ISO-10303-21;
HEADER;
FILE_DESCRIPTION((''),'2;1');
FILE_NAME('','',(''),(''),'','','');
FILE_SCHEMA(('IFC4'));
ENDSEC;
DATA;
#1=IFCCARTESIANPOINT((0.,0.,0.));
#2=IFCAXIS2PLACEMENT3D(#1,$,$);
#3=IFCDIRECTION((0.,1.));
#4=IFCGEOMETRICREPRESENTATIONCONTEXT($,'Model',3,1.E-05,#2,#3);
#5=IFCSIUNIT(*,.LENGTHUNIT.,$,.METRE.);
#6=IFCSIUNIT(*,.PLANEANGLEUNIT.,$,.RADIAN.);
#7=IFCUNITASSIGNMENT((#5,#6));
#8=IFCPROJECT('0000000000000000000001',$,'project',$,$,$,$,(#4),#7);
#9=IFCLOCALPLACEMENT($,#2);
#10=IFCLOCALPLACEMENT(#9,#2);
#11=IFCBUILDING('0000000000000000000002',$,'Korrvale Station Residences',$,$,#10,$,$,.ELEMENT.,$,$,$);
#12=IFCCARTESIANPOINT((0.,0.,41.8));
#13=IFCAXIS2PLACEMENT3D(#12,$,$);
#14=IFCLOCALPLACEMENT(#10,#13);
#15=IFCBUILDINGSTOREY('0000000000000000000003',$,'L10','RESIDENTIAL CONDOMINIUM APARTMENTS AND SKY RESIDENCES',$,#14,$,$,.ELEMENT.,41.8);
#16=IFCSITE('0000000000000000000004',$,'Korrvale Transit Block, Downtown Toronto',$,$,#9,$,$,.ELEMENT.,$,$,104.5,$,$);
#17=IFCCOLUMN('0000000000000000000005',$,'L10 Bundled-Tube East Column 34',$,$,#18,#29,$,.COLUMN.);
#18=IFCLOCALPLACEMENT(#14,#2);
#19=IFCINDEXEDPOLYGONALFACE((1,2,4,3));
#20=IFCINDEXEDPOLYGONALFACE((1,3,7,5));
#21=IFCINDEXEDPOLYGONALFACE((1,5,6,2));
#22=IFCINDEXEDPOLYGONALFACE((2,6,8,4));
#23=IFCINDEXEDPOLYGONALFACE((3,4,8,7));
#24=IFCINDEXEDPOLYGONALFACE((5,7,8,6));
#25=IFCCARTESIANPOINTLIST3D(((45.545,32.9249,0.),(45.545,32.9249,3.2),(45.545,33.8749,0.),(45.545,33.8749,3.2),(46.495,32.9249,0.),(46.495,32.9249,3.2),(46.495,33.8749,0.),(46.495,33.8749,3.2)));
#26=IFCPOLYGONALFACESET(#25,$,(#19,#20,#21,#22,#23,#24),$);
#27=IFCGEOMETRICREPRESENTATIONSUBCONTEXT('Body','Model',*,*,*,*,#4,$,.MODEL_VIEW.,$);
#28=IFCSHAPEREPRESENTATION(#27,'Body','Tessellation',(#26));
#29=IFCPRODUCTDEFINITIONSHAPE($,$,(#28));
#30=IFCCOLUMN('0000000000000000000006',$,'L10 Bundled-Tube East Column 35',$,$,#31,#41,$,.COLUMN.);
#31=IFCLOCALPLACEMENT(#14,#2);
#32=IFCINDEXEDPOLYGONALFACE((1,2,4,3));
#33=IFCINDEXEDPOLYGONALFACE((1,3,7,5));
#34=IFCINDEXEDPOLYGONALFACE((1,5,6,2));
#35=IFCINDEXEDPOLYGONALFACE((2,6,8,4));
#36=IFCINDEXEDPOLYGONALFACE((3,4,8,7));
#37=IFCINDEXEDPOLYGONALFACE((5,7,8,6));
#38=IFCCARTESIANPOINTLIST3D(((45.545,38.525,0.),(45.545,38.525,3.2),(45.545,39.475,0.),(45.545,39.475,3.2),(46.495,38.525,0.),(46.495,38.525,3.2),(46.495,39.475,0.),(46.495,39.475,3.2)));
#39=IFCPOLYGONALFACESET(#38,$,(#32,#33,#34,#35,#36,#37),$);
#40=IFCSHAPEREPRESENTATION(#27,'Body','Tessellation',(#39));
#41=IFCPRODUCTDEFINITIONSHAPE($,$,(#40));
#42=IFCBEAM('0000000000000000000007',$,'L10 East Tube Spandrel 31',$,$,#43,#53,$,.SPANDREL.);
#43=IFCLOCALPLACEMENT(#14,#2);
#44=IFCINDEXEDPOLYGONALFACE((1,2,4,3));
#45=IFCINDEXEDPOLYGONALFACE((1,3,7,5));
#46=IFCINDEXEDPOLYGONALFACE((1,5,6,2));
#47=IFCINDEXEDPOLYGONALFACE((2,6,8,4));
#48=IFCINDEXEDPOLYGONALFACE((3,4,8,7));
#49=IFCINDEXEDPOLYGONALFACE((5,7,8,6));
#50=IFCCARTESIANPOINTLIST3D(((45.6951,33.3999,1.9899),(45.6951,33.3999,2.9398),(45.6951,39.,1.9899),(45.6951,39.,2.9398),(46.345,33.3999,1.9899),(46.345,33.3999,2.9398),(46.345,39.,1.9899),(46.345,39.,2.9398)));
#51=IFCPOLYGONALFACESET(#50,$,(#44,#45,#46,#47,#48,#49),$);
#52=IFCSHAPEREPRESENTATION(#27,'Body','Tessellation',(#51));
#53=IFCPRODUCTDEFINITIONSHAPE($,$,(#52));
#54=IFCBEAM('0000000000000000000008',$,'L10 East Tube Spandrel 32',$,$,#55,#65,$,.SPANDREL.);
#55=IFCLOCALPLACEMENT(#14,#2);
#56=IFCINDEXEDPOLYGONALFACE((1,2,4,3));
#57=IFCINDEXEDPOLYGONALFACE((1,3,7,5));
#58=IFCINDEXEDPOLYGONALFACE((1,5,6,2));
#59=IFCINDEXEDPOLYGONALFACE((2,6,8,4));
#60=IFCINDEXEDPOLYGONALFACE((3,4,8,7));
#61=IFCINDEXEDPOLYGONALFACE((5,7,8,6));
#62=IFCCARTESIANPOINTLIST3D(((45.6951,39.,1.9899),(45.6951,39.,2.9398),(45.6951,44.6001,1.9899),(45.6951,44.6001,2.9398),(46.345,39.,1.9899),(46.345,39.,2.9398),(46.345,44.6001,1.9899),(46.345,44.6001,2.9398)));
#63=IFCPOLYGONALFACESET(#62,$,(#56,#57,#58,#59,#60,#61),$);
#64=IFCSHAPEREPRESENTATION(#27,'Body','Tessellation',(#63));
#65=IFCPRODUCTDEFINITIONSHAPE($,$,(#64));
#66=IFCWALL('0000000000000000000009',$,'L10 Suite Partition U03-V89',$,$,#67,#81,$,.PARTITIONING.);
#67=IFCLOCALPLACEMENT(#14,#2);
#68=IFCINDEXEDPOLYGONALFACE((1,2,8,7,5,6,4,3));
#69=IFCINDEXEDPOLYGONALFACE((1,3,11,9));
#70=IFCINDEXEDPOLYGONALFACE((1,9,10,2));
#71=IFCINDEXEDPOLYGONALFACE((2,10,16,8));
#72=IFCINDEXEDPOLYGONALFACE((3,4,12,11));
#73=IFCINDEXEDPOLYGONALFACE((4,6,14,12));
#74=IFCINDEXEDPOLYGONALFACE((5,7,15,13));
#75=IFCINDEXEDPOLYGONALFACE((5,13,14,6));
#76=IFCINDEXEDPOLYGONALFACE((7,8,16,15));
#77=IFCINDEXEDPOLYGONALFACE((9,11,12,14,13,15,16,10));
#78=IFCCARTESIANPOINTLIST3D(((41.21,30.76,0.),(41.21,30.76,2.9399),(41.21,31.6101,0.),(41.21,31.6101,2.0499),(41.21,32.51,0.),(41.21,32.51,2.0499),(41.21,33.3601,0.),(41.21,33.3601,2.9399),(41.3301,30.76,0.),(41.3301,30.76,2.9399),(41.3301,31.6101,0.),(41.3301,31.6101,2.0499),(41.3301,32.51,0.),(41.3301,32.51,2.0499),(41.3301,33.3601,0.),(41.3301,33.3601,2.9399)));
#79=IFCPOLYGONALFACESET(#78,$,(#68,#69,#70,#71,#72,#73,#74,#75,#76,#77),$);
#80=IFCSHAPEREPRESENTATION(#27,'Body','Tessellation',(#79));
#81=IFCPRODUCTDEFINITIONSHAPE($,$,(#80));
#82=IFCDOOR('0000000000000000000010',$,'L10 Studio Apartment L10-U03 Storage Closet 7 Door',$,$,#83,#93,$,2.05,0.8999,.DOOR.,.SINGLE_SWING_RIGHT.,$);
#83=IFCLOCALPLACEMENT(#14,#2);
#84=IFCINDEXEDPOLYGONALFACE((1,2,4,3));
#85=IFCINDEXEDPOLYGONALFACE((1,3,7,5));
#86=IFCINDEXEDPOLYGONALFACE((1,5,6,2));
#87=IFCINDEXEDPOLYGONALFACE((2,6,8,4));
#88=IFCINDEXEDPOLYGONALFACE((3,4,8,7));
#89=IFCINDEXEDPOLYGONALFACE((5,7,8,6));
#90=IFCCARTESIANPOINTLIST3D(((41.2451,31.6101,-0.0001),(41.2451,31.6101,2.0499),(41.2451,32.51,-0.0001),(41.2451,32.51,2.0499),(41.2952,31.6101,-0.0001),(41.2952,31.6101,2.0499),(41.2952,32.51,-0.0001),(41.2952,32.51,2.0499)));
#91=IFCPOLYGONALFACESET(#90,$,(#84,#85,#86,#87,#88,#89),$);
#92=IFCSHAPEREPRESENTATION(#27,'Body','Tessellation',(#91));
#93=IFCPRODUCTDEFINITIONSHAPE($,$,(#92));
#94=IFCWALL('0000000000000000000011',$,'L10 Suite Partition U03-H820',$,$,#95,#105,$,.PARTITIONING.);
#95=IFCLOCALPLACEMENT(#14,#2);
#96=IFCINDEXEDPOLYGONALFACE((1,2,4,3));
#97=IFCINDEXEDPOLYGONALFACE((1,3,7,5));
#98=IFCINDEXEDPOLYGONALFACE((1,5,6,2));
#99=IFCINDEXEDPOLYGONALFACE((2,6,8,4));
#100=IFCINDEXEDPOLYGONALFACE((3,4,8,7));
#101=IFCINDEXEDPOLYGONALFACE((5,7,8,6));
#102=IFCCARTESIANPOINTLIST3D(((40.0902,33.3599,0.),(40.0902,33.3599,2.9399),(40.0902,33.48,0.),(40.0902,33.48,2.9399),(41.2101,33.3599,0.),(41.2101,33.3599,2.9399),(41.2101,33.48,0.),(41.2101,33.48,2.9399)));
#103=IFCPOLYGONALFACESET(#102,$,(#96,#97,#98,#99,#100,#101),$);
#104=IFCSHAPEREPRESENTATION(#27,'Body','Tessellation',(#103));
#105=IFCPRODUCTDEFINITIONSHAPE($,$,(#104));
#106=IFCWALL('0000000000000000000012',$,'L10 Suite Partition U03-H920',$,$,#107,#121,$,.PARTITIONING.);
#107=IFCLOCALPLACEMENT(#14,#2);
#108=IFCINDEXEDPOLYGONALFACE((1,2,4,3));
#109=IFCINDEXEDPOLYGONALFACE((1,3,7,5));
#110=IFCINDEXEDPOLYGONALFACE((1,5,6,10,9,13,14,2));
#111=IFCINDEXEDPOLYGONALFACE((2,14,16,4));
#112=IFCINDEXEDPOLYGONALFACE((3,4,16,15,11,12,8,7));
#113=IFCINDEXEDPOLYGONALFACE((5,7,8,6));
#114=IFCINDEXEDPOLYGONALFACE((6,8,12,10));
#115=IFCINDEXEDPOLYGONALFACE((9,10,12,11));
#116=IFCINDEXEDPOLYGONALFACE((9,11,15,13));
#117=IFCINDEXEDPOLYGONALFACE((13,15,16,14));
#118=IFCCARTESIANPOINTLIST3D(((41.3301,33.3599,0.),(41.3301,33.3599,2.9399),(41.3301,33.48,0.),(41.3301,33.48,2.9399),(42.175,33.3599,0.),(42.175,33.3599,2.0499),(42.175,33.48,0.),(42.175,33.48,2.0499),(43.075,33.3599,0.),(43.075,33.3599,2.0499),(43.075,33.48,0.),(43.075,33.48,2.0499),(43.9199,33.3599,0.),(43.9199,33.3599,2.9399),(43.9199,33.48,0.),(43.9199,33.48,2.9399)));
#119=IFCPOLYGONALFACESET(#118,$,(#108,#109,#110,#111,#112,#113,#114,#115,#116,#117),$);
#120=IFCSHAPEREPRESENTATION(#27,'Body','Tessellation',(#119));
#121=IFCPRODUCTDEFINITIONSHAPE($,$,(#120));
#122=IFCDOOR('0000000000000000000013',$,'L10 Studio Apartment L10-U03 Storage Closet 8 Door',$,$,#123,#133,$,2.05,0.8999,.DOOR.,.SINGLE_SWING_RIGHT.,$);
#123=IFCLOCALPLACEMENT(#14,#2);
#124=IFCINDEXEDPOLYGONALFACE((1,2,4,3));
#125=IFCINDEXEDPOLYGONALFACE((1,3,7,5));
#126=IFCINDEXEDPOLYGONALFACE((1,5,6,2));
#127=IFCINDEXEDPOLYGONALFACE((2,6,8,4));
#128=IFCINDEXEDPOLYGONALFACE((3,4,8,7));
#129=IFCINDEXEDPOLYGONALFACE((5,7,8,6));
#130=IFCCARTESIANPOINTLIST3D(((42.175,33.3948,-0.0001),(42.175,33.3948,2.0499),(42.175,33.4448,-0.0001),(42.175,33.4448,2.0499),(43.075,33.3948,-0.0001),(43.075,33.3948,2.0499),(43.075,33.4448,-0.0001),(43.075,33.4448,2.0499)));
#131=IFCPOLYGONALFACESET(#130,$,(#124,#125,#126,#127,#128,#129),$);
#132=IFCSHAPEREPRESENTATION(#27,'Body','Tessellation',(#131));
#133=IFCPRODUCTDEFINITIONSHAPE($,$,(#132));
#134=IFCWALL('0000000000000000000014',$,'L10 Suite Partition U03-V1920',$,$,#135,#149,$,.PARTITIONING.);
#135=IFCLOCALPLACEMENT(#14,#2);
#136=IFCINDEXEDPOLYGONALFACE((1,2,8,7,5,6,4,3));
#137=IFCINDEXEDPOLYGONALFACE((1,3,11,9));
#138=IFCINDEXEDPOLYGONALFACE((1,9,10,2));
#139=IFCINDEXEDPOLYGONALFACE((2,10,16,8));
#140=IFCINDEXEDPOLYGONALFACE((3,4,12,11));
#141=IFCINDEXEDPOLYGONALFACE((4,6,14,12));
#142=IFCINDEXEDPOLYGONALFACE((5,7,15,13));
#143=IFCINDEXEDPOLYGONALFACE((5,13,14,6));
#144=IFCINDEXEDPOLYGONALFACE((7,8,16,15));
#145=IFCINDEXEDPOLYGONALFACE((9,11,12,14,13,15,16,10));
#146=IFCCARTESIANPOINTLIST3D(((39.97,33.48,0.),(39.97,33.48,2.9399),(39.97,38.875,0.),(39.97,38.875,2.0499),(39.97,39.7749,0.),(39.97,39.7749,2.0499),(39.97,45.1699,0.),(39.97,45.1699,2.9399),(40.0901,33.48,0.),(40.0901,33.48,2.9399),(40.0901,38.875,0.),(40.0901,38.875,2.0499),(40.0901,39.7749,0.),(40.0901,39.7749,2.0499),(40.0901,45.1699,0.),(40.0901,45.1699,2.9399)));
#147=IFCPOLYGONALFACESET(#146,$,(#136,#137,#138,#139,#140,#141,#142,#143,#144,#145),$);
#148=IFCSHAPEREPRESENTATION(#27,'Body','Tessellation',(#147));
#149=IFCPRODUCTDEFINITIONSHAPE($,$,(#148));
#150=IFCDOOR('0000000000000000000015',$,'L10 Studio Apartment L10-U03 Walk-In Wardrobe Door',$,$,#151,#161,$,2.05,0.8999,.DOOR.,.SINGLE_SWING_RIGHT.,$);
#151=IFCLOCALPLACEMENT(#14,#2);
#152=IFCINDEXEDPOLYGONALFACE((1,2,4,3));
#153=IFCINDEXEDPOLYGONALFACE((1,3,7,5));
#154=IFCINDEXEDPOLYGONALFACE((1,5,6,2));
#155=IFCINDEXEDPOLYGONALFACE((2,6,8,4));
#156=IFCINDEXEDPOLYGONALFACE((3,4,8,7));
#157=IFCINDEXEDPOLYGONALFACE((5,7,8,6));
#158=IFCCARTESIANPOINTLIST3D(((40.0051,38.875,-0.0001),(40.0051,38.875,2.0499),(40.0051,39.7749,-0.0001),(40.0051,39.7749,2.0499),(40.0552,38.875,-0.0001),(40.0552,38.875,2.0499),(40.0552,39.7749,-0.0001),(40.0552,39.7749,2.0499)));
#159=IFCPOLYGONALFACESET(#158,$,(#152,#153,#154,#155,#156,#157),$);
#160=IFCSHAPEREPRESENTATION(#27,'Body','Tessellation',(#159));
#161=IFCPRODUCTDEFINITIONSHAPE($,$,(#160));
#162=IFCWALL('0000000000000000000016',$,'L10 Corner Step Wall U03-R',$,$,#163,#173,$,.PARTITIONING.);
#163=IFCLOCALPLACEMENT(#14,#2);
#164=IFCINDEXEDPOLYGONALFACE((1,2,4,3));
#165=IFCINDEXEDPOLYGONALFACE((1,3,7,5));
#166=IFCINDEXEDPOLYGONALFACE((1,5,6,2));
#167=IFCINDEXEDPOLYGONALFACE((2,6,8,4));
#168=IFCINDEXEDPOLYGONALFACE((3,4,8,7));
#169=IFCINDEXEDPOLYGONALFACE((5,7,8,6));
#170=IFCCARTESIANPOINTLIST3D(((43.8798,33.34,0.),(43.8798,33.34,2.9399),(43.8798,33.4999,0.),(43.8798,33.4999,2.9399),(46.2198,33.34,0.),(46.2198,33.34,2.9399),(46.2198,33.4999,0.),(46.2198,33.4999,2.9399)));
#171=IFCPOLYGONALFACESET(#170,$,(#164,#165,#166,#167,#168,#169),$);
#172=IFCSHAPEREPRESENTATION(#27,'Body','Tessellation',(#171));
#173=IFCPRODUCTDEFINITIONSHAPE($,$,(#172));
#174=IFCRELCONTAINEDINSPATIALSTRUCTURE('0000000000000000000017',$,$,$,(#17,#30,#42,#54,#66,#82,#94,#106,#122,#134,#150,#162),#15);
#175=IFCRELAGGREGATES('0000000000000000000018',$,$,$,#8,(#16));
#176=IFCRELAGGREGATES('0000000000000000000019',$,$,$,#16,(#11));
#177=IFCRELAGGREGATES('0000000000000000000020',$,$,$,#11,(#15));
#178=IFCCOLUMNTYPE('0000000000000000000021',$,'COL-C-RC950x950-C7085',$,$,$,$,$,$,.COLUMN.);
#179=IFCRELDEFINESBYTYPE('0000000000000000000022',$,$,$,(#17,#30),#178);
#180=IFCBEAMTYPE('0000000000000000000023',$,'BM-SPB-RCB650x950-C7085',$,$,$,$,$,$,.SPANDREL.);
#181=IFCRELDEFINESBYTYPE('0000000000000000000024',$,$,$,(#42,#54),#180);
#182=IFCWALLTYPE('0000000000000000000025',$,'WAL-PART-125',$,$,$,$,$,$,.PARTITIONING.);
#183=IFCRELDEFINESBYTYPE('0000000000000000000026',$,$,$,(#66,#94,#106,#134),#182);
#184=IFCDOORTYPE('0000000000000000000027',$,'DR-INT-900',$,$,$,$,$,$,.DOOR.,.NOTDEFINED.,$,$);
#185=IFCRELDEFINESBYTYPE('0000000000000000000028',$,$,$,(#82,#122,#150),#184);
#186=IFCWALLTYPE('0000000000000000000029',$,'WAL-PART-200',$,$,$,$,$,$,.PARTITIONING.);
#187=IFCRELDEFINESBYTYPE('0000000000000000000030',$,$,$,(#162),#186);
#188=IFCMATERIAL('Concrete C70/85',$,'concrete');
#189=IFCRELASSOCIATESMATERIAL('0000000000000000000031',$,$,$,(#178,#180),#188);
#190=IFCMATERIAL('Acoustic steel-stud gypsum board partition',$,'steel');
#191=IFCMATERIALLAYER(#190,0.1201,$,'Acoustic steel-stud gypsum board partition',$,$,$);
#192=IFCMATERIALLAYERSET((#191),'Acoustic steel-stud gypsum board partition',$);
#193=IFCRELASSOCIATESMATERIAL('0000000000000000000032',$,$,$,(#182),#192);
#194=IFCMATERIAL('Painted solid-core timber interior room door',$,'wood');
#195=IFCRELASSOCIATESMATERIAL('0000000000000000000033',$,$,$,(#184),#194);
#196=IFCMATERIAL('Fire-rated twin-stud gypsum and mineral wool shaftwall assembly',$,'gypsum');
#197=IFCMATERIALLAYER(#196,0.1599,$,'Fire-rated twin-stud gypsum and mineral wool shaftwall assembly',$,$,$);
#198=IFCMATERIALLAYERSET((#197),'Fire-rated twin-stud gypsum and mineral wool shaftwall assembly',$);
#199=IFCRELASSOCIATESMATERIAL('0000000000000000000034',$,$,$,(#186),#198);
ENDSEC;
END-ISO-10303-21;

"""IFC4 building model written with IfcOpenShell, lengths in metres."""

from ifc_helpers import new_model, si_unit, direction, frame, frame_2d, origin, origin_2d, place, context, subcontext, project, spatial, rectangle, extrude, material, layer, layer_set, material_profile, profile_set, type_object, element, fill, save


model = new_model("IFC4")

# Units and contexts
model_context = context("Model", 3, precision=1e-05, world=origin(), true_north=direction((0.0, 1.0)))
body_context = subcontext(model_context, "Body", "Model", "MODEL_VIEW")
ifc_project = project(units=[si_unit("LENGTHUNIT", "METRE"), si_unit("PLANEANGLEUNIT", "RADIAN")], contexts=[model_context])

# Site, building, storey
site_placement = place(None, origin())
site = spatial("IfcSite", under=ifc_project, at=site_placement, Name="Korrvale Transit Block, Downtown Toronto", CompositionType="ELEMENT", RefElevation=104.5)
building_placement = place(site_placement, origin())
building = spatial("IfcBuilding", under=site, at=building_placement, Name="Korrvale Station Residences", CompositionType="ELEMENT")
storey_placement = place(building_placement, frame((0.0, 0.0, 41.8)))
storey = spatial("IfcBuildingStorey", under=building, at=storey_placement, Name="L10", Description="RESIDENTIAL CONDOMINIUM APARTMENTS AND SKY RESIDENCES", CompositionType="ELEMENT", Elevation=41.8)

# Columns
ifc_material_1 = material(Name="Concrete C70/85", Category="concrete")
ifc_material_profile_1 = material_profile(ifc_material_1, rectangle(XDim=0.95, YDim=0.95, at=origin_2d()), Name="RC950x950")
ifc_profile_set_1 = profile_set([ifc_material_profile_1], Name="Concrete C70/85")
column_type = type_object("IfcColumnType", Name="COL-C-RC950x950-C7085", PredefinedType="COLUMN", material=ifc_profile_set_1)
for number, where, z_axis, x_axis, name in (
    (1, (46.02, 33.3999, 0.0), (0.0, 0.0, 1.0), (1.0, 0.0, 0.0), "L10 Bundled-Tube East Column 34"),
    (2, (46.02, 39.0, 0.0), (0.0, 0.0, 1.0), (1.0, 0.0, 0.0), "L10 Bundled-Tube East Column 35"),
):
    element("IfcColumn", number, at=place(storey_placement, frame(where, z_axis=z_axis, x_axis=x_axis)), inside=storey, type_object=column_type, Name=name, PredefinedType="COLUMN", context=body_context, shape_type="SweptSolid", body=[
        extrude(rectangle(XDim=0.95, YDim=0.95, at=origin_2d()), origin(), (0.0, 0.0, 1.0), 3.2),
    ])

# Beams
ifc_material_profile_2 = material_profile(ifc_material_1, rectangle(XDim=0.6499, YDim=0.95, at=origin_2d()), Name="RCB650x950")
ifc_profile_set_2 = profile_set([ifc_material_profile_2], Name="Concrete C70/85")
beam_type = type_object("IfcBeamType", Name="BM-SPB-RCB650x950-C7085", PredefinedType="SPANDREL", material=ifc_profile_set_2)
for number, where, z_axis, x_axis, name in (
    (3, (46.02, 33.3999, 2.4648), (0.0, 1.0, 0.0), (-1.0, 0.0, 0.0), "L10 East Tube Spandrel 31"),
    (4, (46.02, 39.0, 2.4648), (0.0, 1.0, 0.0), (-1.0, 0.0, 0.0), "L10 East Tube Spandrel 32"),
):
    element("IfcBeam", number, at=place(storey_placement, frame(where, z_axis=z_axis, x_axis=x_axis)), inside=storey, type_object=beam_type, Name=name, PredefinedType="SPANDREL", context=body_context, shape_type="SweptSolid", body=[
        extrude(rectangle(XDim=0.6499, YDim=0.95, at=origin_2d()), origin(), (0.0, 0.0, 1.0), 5.6001),
    ])

# Wall, opening, door
ifc_material_2 = material(Name="Acoustic steel-stud gypsum board partition", Category="steel")
ifc_layer_1 = layer(ifc_material_2, 0.1201, Name="Acoustic steel-stud gypsum board partition")
ifc_layer_set_1 = layer_set([ifc_layer_1], Name="Acoustic steel-stud gypsum board partition")
wall_type_1 = type_object("IfcWallType", Name="WAL-PART-125", PredefinedType="PARTITIONING", material=ifc_layer_set_1)
wall_1_placement = place(storey_placement, frame((41.27, 30.76, 0.0), z_axis=(0.0, 0.0, 1.0), x_axis=(0.0, 1.0, 0.0)))
wall_1 = element("IfcWall", 5, at=wall_1_placement, inside=storey, type_object=wall_type_1, Name="L10 Suite Partition U03-V89", PredefinedType="PARTITIONING", context=body_context, shape_type="SweptSolid", body=[
    extrude(rectangle(XDim=2.6001, YDim=0.1201, at=frame_2d((1.3, 0.0))), origin(), (0.0, 0.0, 1.0), 2.9399),
])
opening_1_placement = place(wall_1_placement, frame((0.8501, 0.0, 0.0)))
opening_1 = element("IfcOpeningElement", 6, at=opening_1_placement, cuts=wall_1, PredefinedType="OPENING", context=body_context, shape_type="SweptSolid", body=[
    extrude(rectangle(XDim=0.8999, YDim=2.05, at=frame_2d((0.45, 1.0249))), frame((0.0, 0.0701, 0.0), z_axis=(0.0, -1.0, 0.0), x_axis=(1.0, 0.0, 0.0)), (0.0, 0.0, 1.0), 0.1401),
])
ifc_material_3 = material(Name="Painted solid-core timber interior room door", Category="wood")
door_type = type_object("IfcDoorType", Name="DR-INT-900", OperationType="NOTDEFINED", PredefinedType="DOOR", material=ifc_material_3)
door_1_placement = place(opening_1_placement, origin())
door_1 = element("IfcDoor", 7, at=door_1_placement, inside=storey, type_object=door_type, Name="L10 Studio Apartment L10-U03 Storage Closet 7 Door", OperationType="SINGLE_SWING_RIGHT", OverallHeight=2.05, OverallWidth=0.8999, PredefinedType="DOOR", context=body_context, shape_type="SweptSolid", body=[
    extrude(rectangle(XDim=0.8999, YDim=2.05, at=frame_2d((0.45, 1.0249))), frame((0.0, 0.0249, 0.0), z_axis=(0.0, -1.0, 0.0), x_axis=(1.0, 0.0, 0.0)), (0.0, 0.0, 1.0), 0.05),
])
fill(opening_1, door_1)

# Wall
wall_2_placement = place(storey_placement, frame((40.0901, 33.4199, 0.0), z_axis=(0.0, 0.0, 1.0), x_axis=(1.0, 0.0, 0.0)))
element("IfcWall", 8, at=wall_2_placement, inside=storey, type_object=wall_type_1, Name="L10 Suite Partition U03-H820", PredefinedType="PARTITIONING", context=body_context, shape_type="SweptSolid", body=[
    extrude(rectangle(XDim=1.1199, YDim=0.1201, at=frame_2d((0.5601, 0.0))), origin(), (0.0, 0.0, 1.0), 2.9399),
])

# Walls, openings, doors
wall_3_placement = place(storey_placement, frame((41.3301, 33.4199, 0.0), z_axis=(0.0, 0.0, 1.0), x_axis=(1.0, 0.0, 0.0)))
wall_3 = element("IfcWall", 9, at=wall_3_placement, inside=storey, type_object=wall_type_1, Name="L10 Suite Partition U03-H920", PredefinedType="PARTITIONING", context=body_context, shape_type="SweptSolid", body=[
    extrude(rectangle(XDim=2.5898, YDim=0.1201, at=frame_2d((1.2949, 0.0))), origin(), (0.0, 0.0, 1.0), 2.9399),
])
opening_2_placement = place(wall_3_placement, frame((0.845, 0.0, 0.0)))
opening_2 = element("IfcOpeningElement", 10, at=opening_2_placement, cuts=wall_3, PredefinedType="OPENING", context=body_context, shape_type="SweptSolid", body=[
    extrude(rectangle(XDim=0.8999, YDim=2.05, at=frame_2d((0.45, 1.0249))), frame((0.0, 0.0701, 0.0), z_axis=(0.0, -1.0, 0.0), x_axis=(1.0, 0.0, 0.0)), (0.0, 0.0, 1.0), 0.1401),
])
door_2_placement = place(opening_2_placement, origin())
door_2 = element("IfcDoor", 11, at=door_2_placement, inside=storey, type_object=door_type, Name="L10 Studio Apartment L10-U03 Storage Closet 8 Door", OperationType="SINGLE_SWING_RIGHT", OverallHeight=2.05, OverallWidth=0.8999, PredefinedType="DOOR", context=body_context, shape_type="SweptSolid", body=[
    extrude(rectangle(XDim=0.8999, YDim=2.05, at=frame_2d((0.45, 1.0249))), frame((0.0, 0.0249, 0.0), z_axis=(0.0, -1.0, 0.0), x_axis=(1.0, 0.0, 0.0)), (0.0, 0.0, 1.0), 0.05),
])
fill(opening_2, door_2)
wall_4_placement = place(storey_placement, frame((40.03, 33.48, 0.0), z_axis=(0.0, 0.0, 1.0), x_axis=(0.0, 1.0, 0.0)))
wall_4 = element("IfcWall", 12, at=wall_4_placement, inside=storey, type_object=wall_type_1, Name="L10 Suite Partition U03-V1920", PredefinedType="PARTITIONING", context=body_context, shape_type="SweptSolid", body=[
    extrude(rectangle(XDim=11.6899, YDim=0.1201, at=frame_2d((5.845, 0.0))), origin(), (0.0, 0.0, 1.0), 2.9399),
])
opening_3_placement = place(wall_4_placement, frame((5.395, 0.0, 0.0)))
opening_3 = element("IfcOpeningElement", 13, at=opening_3_placement, cuts=wall_4, PredefinedType="OPENING", context=body_context, shape_type="SweptSolid", body=[
    extrude(rectangle(XDim=0.8999, YDim=2.05, at=frame_2d((0.45, 1.0249))), frame((0.0, 0.0701, 0.0), z_axis=(0.0, -1.0, 0.0), x_axis=(1.0, 0.0, 0.0)), (0.0, 0.0, 1.0), 0.1401),
])
door_3_placement = place(opening_3_placement, origin())
door_3 = element("IfcDoor", 14, at=door_3_placement, inside=storey, type_object=door_type, Name="L10 Studio Apartment L10-U03 Walk-In Wardrobe Door", OperationType="SINGLE_SWING_RIGHT", OverallHeight=2.05, OverallWidth=0.8999, PredefinedType="DOOR", context=body_context, shape_type="SweptSolid", body=[
    extrude(rectangle(XDim=0.8999, YDim=2.05, at=frame_2d((0.45, 1.0249))), frame((0.0, 0.0249, 0.0), z_axis=(0.0, -1.0, 0.0), x_axis=(1.0, 0.0, 0.0)), (0.0, 0.0, 1.0), 0.05),
])
fill(opening_3, door_3)

# Wall
ifc_material_4 = material(Name="Fire-rated twin-stud gypsum and mineral wool shaftwall assembly", Category="gypsum")
ifc_layer_2 = layer(ifc_material_4, 0.1599, Name="Fire-rated twin-stud gypsum and mineral wool shaftwall assembly")
ifc_layer_set_2 = layer_set([ifc_layer_2], Name="Fire-rated twin-stud gypsum and mineral wool shaftwall assembly")
wall_type_2 = type_object("IfcWallType", Name="WAL-PART-200", PredefinedType="PARTITIONING", material=ifc_layer_set_2)
wall_5_placement = place(storey_placement, frame((43.8799, 33.4199, 0.0), z_axis=(0.0, 0.0, 1.0), x_axis=(1.0, 0.0, 0.0)))
element("IfcWall", 15, at=wall_5_placement, inside=storey, type_object=wall_type_2, Name="L10 Corner Step Wall U03-R", PredefinedType="PARTITIONING", context=body_context, shape_type="SweptSolid", body=[
    extrude(rectangle(XDim=2.3401, YDim=0.1599, at=frame_2d((1.1699, 0.0))), origin(), (0.0, 0.0, 1.0), 2.9399),
])

save(model, "model.ifc")
